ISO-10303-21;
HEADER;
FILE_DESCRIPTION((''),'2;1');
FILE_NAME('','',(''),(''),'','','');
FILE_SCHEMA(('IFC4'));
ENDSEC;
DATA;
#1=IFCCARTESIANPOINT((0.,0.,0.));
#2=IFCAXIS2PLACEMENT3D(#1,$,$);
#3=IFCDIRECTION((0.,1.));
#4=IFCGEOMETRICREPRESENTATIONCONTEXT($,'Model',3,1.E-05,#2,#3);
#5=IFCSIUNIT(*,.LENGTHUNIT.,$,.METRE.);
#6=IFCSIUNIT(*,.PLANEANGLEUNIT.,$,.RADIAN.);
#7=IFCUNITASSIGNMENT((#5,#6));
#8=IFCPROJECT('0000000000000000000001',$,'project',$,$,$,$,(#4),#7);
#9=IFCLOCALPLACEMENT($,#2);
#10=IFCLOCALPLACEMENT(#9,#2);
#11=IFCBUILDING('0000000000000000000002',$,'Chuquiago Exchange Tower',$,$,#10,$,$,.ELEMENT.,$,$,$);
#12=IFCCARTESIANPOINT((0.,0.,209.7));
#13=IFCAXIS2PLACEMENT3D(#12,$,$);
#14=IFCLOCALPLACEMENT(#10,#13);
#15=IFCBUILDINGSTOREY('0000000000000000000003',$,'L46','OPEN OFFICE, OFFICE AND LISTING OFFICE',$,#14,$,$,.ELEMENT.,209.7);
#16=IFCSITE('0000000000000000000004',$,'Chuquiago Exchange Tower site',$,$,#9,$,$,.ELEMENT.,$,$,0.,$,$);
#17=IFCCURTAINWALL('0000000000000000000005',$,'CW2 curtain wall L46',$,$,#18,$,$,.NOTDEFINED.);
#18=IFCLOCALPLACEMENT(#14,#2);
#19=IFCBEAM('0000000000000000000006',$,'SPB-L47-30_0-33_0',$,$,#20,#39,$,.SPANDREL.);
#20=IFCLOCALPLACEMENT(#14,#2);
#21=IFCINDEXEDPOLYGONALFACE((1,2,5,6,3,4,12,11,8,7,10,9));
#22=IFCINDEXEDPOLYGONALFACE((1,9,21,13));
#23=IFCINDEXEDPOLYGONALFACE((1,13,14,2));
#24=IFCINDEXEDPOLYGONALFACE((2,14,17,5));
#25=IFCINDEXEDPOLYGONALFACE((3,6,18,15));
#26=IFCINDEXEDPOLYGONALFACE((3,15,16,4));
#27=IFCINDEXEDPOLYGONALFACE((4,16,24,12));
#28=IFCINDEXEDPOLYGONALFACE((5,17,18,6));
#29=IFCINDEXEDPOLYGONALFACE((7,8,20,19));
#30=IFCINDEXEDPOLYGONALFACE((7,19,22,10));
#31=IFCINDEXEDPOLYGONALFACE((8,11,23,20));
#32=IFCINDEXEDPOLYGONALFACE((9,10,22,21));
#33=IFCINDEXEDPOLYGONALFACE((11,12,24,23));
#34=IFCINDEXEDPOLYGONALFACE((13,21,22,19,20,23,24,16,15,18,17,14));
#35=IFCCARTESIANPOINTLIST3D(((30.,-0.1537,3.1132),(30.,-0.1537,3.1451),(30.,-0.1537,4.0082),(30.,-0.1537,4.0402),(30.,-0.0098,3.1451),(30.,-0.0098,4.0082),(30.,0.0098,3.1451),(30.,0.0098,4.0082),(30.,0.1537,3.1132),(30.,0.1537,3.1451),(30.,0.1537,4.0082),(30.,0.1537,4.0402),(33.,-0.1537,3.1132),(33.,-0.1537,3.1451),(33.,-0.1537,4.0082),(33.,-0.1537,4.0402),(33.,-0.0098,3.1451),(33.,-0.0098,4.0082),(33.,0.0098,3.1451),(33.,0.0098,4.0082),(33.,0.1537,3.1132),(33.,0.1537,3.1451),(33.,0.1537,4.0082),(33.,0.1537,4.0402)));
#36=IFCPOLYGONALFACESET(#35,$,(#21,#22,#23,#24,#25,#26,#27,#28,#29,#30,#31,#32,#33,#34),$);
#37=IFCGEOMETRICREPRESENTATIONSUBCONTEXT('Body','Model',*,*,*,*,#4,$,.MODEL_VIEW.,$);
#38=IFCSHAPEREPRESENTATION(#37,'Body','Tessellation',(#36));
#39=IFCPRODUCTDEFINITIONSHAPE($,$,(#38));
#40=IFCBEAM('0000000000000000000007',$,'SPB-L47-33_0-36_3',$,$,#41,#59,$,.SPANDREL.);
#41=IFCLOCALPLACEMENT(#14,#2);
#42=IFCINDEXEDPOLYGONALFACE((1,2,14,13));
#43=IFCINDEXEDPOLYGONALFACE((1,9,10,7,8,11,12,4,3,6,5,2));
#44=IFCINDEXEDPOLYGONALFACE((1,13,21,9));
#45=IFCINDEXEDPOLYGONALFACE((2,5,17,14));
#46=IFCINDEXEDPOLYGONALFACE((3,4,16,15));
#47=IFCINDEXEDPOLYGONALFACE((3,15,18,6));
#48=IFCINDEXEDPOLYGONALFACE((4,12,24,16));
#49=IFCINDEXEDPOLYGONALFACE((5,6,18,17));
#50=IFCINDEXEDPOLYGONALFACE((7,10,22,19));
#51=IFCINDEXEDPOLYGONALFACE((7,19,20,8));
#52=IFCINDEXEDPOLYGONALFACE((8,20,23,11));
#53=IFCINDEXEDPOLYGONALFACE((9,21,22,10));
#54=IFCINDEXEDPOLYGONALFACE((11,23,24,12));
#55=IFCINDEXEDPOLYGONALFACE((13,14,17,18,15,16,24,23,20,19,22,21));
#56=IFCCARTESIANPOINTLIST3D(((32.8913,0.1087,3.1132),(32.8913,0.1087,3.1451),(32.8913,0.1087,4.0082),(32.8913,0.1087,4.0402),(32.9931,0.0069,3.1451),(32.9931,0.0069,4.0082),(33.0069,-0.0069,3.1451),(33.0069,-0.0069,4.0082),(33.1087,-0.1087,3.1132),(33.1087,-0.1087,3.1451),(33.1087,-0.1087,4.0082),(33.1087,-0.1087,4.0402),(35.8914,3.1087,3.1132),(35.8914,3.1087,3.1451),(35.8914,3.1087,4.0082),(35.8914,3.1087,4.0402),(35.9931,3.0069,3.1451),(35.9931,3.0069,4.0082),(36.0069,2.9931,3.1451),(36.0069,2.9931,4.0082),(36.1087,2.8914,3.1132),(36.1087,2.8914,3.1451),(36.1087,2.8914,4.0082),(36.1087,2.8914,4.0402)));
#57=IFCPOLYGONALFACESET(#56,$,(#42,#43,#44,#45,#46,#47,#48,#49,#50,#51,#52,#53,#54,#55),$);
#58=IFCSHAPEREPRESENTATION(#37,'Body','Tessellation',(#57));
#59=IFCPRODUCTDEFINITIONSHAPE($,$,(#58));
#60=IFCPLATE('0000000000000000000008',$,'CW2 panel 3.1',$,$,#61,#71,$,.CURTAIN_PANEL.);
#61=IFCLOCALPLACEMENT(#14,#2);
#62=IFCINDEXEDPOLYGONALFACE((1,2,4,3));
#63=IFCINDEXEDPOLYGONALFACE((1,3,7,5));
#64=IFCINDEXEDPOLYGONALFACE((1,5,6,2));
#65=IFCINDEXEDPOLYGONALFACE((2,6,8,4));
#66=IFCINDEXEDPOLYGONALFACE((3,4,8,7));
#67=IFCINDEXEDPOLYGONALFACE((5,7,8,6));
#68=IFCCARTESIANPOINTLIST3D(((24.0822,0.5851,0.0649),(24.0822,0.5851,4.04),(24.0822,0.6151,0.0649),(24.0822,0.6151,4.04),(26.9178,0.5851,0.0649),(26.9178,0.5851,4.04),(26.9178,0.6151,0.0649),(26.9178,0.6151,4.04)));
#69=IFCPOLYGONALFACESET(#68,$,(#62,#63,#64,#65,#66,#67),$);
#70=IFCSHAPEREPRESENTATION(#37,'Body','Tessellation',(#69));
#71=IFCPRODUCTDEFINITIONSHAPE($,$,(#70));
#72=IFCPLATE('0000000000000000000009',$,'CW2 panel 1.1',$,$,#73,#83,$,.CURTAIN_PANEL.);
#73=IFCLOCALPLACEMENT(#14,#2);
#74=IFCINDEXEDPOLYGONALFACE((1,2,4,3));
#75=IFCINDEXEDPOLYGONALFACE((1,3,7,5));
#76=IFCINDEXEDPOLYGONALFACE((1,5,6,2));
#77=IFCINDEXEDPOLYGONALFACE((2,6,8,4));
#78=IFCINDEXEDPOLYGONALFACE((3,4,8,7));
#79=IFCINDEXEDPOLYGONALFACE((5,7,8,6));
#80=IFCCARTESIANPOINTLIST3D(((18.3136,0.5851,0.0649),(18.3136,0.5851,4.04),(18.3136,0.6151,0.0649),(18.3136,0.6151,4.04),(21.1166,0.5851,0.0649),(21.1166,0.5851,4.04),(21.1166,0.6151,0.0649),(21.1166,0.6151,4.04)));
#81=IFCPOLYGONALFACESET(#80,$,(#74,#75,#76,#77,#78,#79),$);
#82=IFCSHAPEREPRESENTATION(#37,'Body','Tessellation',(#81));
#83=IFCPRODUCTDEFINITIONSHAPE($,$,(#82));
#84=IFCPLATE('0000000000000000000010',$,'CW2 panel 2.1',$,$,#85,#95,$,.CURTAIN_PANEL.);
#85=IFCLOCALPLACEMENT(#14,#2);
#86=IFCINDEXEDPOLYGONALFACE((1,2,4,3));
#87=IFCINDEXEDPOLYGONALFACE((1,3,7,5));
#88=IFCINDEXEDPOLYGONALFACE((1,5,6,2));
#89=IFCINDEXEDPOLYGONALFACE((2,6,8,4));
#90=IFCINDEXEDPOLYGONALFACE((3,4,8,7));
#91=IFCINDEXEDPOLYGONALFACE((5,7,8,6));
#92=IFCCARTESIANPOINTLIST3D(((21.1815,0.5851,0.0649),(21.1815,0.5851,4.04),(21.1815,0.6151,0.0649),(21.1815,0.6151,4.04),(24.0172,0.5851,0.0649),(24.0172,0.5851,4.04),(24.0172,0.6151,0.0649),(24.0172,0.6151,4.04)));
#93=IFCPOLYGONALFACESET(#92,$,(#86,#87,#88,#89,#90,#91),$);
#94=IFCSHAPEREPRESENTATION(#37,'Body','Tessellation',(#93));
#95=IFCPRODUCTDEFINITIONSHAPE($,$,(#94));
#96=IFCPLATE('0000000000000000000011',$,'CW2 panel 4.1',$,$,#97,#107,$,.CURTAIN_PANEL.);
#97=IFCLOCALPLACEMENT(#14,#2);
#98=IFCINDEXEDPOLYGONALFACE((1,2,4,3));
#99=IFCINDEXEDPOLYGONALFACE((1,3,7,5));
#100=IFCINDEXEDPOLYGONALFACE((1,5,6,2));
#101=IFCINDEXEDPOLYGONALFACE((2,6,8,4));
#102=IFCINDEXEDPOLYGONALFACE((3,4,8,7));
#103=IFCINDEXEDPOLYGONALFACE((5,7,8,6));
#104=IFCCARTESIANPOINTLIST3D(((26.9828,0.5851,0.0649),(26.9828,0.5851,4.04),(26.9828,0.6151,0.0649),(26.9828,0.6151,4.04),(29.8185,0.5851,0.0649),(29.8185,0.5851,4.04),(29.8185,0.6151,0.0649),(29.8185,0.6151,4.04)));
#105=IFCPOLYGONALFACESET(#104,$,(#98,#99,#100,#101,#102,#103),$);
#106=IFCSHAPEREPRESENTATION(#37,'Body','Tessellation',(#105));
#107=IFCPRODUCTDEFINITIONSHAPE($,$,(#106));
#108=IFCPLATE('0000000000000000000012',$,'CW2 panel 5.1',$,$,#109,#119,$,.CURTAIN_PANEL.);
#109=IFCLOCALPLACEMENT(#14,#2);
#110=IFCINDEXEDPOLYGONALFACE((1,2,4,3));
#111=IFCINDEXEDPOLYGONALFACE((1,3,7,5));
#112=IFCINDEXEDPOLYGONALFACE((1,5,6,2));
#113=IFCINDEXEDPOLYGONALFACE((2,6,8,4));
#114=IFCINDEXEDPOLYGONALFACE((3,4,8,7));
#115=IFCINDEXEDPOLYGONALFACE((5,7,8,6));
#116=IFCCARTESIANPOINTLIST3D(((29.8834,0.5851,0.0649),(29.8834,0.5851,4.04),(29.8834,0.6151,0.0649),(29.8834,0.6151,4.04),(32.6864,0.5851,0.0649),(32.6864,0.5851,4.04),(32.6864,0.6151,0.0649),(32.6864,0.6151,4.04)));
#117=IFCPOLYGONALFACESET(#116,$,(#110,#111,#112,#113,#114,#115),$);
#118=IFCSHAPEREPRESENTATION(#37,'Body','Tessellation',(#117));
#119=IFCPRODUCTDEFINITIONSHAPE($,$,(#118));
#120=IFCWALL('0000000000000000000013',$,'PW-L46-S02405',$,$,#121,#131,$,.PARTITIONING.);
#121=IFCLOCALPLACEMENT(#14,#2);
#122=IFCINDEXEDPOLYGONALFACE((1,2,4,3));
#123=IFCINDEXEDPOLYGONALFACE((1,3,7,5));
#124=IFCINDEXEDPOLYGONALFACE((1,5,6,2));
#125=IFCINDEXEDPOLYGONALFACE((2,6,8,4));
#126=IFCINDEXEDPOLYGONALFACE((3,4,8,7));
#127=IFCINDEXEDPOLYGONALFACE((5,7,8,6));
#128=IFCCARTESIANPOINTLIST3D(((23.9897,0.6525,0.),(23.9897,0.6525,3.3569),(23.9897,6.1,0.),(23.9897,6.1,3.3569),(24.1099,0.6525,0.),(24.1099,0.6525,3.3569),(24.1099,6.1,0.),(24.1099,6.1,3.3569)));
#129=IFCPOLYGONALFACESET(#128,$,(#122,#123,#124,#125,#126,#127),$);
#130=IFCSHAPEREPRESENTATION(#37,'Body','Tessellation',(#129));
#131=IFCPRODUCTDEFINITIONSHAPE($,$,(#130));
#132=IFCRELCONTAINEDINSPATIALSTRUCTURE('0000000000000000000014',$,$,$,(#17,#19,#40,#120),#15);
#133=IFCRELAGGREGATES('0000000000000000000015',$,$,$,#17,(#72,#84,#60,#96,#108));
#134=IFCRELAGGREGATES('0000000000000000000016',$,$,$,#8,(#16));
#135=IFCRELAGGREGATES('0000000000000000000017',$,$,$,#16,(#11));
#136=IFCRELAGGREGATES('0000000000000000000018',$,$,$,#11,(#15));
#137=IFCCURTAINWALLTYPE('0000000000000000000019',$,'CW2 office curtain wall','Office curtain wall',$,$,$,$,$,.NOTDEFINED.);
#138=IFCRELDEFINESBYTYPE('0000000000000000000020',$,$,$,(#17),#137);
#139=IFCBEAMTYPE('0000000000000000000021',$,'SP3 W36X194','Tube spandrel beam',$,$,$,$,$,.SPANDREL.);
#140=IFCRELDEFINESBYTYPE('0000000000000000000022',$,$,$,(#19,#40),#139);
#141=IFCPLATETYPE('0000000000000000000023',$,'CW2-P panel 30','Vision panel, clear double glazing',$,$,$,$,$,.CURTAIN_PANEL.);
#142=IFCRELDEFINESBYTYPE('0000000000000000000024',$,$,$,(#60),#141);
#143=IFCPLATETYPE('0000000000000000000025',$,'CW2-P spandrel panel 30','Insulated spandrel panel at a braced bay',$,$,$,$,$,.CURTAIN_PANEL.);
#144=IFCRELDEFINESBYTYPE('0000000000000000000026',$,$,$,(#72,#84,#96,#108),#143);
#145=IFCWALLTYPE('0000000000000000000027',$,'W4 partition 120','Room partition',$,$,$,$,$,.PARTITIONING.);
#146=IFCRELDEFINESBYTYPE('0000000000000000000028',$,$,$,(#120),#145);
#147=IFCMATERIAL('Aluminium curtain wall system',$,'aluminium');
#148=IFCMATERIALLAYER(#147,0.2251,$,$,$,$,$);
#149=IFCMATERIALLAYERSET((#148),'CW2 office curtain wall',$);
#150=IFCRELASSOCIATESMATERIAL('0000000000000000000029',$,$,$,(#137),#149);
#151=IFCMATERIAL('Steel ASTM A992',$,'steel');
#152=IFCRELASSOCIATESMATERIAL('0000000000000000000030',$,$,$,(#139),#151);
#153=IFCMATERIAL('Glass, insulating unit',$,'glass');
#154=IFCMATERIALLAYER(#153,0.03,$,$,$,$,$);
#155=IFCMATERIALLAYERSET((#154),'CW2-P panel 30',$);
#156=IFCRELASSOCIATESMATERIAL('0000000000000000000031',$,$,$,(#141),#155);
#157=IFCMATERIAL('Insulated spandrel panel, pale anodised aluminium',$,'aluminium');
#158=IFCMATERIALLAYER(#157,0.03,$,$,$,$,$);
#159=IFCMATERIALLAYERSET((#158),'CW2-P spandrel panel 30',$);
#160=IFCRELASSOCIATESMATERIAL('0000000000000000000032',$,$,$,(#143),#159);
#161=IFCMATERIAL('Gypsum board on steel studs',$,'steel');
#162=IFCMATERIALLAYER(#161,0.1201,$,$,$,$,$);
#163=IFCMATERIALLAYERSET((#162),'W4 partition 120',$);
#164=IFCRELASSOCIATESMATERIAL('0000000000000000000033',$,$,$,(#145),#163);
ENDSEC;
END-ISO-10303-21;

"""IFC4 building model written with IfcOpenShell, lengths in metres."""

from ifc_helpers import new_model, si_unit, direction, frame, frame_2d, origin, origin_2d, place, context, subcontext, project, spatial, rectangle, i_section, extrude, material, layer, layer_set, material_profile, profile_set, type_object, element, aggregate, save


model = new_model("IFC4")

# Units and contexts
model_context = context("Model", 3, precision=1e-05, world=origin(), true_north=direction((0.0, 1.0)))
body_context = subcontext(model_context, "Body", "Model", "MODEL_VIEW")
ifc_project = project(units=[si_unit("LENGTHUNIT", "METRE"), si_unit("PLANEANGLEUNIT", "RADIAN")], contexts=[model_context])

# Site, building, storey
site_placement = place(None, origin())
site = spatial("IfcSite", under=ifc_project, at=site_placement, Name="Chuquiago Exchange Tower site", CompositionType="ELEMENT", RefElevation=0.0)
building_placement = place(site_placement, origin())
building = spatial("IfcBuilding", under=site, at=building_placement, Name="Chuquiago Exchange Tower", CompositionType="ELEMENT")
storey_placement = place(building_placement, frame((0.0, 0.0, 209.7)))
storey = spatial("IfcBuildingStorey", under=building, at=storey_placement, Name="L46", Description="OPEN OFFICE, OFFICE AND LISTING OFFICE", CompositionType="ELEMENT", Elevation=209.7)

# Curtain wall
ifc_material_1 = material(Name="Aluminium curtain wall system", Category="aluminium")
ifc_layer_1 = layer(ifc_material_1, 0.2251)
ifc_layer_set_1 = layer_set([ifc_layer_1], Name="CW2 office curtain wall")
curtain_wall_type_1 = type_object("IfcCurtainWallType", Name="CW2 office curtain wall", Description="Office curtain wall", PredefinedType="NOTDEFINED", material=ifc_layer_set_1)
curtain_wall_1_placement = place(storey_placement, origin())
curtain_wall_1 = element("IfcCurtainWall", 1, at=curtain_wall_1_placement, inside=storey, type_object=curtain_wall_type_1, Name="CW2 curtain wall L46", PredefinedType="NOTDEFINED")

# Beams
ifc_material_2 = material(Name="Steel ASTM A992", Category="steel")
ifc_material_profile_1 = material_profile(ifc_material_2, i_section(OverallWidth=0.3074, OverallDepth=0.927, WebThickness=0.0195, FlangeThickness=0.032, at=origin_2d()), Name="W36X194")
ifc_profile_set_1 = profile_set([ifc_material_profile_1], Name="Steel ASTM A992")
beam_type = type_object("IfcBeamType", Name="SP3 W36X194", Description="Tube spandrel beam", PredefinedType="SPANDREL", material=ifc_profile_set_1)
for number, where, z_axis, x_axis, name in (
    (2, (30.0, 0.0, 3.5767), (1.0, 0.0, 0.0), (0.0, 1.0, 0.0), "SPB-L47-30_0-33_0"),
):
    element("IfcBeam", number, at=place(storey_placement, frame(where, z_axis=z_axis, x_axis=x_axis)), inside=storey, type_object=beam_type, Name=name, PredefinedType="SPANDREL", context=body_context, shape_type="SweptSolid", body=[
        extrude(i_section(OverallWidth=0.3074, OverallDepth=0.927, WebThickness=0.0195, FlangeThickness=0.032, at=origin_2d()), origin(), (0.0, 0.0, 1.0), 3.0),
    ])
beam_placement = place(storey_placement, frame((33.0, 0.0, 3.5767), z_axis=(0.707107, 0.707107, 0.0), x_axis=(-0.707107, 0.707107, 0.0)))
element("IfcBeam", 3, at=beam_placement, inside=storey, type_object=beam_type, Name="SPB-L47-33_0-36_3", PredefinedType="SPANDREL", context=body_context, shape_type="SweptSolid", body=[
    extrude(i_section(OverallWidth=0.3074, OverallDepth=0.927, WebThickness=0.0195, FlangeThickness=0.032, at=origin_2d()), origin(), (0.0, 0.0, 1.0), 4.2427),
])

# Plates
ifc_material_3 = material(Name="Glass, insulating unit", Category="glass")
ifc_layer_2 = layer(ifc_material_3, 0.03)
ifc_layer_set_2 = layer_set([ifc_layer_2], Name="CW2-P panel 30")
plate_type_1 = type_object("IfcPlateType", Name="CW2-P panel 30", Description="Vision panel, clear double glazing", PredefinedType="CURTAIN_PANEL", material=ifc_layer_set_2)
plate_1_placement = place(storey_placement, frame((25.5, 0.6001, 0.0649), z_axis=(0.0, 0.0, 1.0), x_axis=(1.0, 0.0, 0.0)))
plate_1 = element("IfcPlate", 4, at=plate_1_placement, type_object=plate_type_1, Name="CW2 panel 3.1", PredefinedType="CURTAIN_PANEL", context=body_context, shape_type="SweptSolid", body=[
    extrude(rectangle(XDim=2.8357, YDim=0.03, at=origin_2d()), origin(), (0.0, 0.0, 1.0), 3.9751),
])
ifc_material_4 = material(Name="Insulated spandrel panel, pale anodised aluminium", Category="aluminium")
ifc_layer_3 = layer(ifc_material_4, 0.03)
ifc_layer_set_3 = layer_set([ifc_layer_3], Name="CW2-P spandrel panel 30")
plate_type_2 = type_object("IfcPlateType", Name="CW2-P spandrel panel 30", Description="Insulated spandrel panel at a braced bay", PredefinedType="CURTAIN_PANEL", material=ifc_layer_set_3)
plate_2_placement = place(storey_placement, frame((19.7151, 0.6001, 0.0649), z_axis=(0.0, 0.0, 1.0), x_axis=(1.0, 0.0, 0.0)))
plate_2 = element("IfcPlate", 5, at=plate_2_placement, type_object=plate_type_2, Name="CW2 panel 1.1", PredefinedType="CURTAIN_PANEL", context=body_context, shape_type="SweptSolid", body=[
    extrude(rectangle(XDim=2.803, YDim=0.03, at=origin_2d()), origin(), (0.0, 0.0, 1.0), 3.9751),
])
plate_3_placement = place(storey_placement, frame((22.5994, 0.6001, 0.0649), z_axis=(0.0, 0.0, 1.0), x_axis=(1.0, 0.0, 0.0)))
plate_3 = element("IfcPlate", 6, at=plate_3_placement, type_object=plate_type_2, Name="CW2 panel 2.1", PredefinedType="CURTAIN_PANEL", context=body_context, shape_type="SweptSolid", body=[
    extrude(rectangle(XDim=2.8357, YDim=0.03, at=origin_2d()), origin(), (0.0, 0.0, 1.0), 3.9751),
])
plate_4_placement = place(storey_placement, frame((28.4006, 0.6001, 0.0649), z_axis=(0.0, 0.0, 1.0), x_axis=(1.0, 0.0, 0.0)))
plate_4 = element("IfcPlate", 7, at=plate_4_placement, type_object=plate_type_2, Name="CW2 panel 4.1", PredefinedType="CURTAIN_PANEL", context=body_context, shape_type="SweptSolid", body=[
    extrude(rectangle(XDim=2.8357, YDim=0.03, at=origin_2d()), origin(), (0.0, 0.0, 1.0), 3.9751),
])
plate_5_placement = place(storey_placement, frame((31.2849, 0.6001, 0.0649), z_axis=(0.0, 0.0, 1.0), x_axis=(1.0, 0.0, 0.0)))
plate_5 = element("IfcPlate", 8, at=plate_5_placement, type_object=plate_type_2, Name="CW2 panel 5.1", PredefinedType="CURTAIN_PANEL", context=body_context, shape_type="SweptSolid", body=[
    extrude(rectangle(XDim=2.803, YDim=0.03, at=origin_2d()), origin(), (0.0, 0.0, 1.0), 3.9751),
])
aggregate(curtain_wall_1, [plate_2, plate_3, plate_1, plate_4, plate_5])

# Wall
ifc_material_5 = material(Name="Gypsum board on steel studs", Category="steel")
ifc_layer_4 = layer(ifc_material_5, 0.1201)
ifc_layer_set_4 = layer_set([ifc_layer_4], Name="W4 partition 120")
wall_type = type_object("IfcWallType", Name="W4 partition 120", Description="Room partition", PredefinedType="PARTITIONING", material=ifc_layer_set_4)
wall_placement = place(storey_placement, frame((24.0498, 0.6526, 0.0), z_axis=(0.0, 0.0, 1.0), x_axis=(0.0, 1.0, 0.0)))
element("IfcWall", 9, at=wall_placement, inside=storey, type_object=wall_type, Name="PW-L46-S02405", PredefinedType="PARTITIONING", context=body_context, shape_type="SweptSolid", body=[
    extrude(rectangle(XDim=5.4475, YDim=0.1201, at=frame_2d((2.7236, 0.0))), origin(), (0.0, 0.0, 1.0), 3.3569),
])

save(model, "model.ifc")
